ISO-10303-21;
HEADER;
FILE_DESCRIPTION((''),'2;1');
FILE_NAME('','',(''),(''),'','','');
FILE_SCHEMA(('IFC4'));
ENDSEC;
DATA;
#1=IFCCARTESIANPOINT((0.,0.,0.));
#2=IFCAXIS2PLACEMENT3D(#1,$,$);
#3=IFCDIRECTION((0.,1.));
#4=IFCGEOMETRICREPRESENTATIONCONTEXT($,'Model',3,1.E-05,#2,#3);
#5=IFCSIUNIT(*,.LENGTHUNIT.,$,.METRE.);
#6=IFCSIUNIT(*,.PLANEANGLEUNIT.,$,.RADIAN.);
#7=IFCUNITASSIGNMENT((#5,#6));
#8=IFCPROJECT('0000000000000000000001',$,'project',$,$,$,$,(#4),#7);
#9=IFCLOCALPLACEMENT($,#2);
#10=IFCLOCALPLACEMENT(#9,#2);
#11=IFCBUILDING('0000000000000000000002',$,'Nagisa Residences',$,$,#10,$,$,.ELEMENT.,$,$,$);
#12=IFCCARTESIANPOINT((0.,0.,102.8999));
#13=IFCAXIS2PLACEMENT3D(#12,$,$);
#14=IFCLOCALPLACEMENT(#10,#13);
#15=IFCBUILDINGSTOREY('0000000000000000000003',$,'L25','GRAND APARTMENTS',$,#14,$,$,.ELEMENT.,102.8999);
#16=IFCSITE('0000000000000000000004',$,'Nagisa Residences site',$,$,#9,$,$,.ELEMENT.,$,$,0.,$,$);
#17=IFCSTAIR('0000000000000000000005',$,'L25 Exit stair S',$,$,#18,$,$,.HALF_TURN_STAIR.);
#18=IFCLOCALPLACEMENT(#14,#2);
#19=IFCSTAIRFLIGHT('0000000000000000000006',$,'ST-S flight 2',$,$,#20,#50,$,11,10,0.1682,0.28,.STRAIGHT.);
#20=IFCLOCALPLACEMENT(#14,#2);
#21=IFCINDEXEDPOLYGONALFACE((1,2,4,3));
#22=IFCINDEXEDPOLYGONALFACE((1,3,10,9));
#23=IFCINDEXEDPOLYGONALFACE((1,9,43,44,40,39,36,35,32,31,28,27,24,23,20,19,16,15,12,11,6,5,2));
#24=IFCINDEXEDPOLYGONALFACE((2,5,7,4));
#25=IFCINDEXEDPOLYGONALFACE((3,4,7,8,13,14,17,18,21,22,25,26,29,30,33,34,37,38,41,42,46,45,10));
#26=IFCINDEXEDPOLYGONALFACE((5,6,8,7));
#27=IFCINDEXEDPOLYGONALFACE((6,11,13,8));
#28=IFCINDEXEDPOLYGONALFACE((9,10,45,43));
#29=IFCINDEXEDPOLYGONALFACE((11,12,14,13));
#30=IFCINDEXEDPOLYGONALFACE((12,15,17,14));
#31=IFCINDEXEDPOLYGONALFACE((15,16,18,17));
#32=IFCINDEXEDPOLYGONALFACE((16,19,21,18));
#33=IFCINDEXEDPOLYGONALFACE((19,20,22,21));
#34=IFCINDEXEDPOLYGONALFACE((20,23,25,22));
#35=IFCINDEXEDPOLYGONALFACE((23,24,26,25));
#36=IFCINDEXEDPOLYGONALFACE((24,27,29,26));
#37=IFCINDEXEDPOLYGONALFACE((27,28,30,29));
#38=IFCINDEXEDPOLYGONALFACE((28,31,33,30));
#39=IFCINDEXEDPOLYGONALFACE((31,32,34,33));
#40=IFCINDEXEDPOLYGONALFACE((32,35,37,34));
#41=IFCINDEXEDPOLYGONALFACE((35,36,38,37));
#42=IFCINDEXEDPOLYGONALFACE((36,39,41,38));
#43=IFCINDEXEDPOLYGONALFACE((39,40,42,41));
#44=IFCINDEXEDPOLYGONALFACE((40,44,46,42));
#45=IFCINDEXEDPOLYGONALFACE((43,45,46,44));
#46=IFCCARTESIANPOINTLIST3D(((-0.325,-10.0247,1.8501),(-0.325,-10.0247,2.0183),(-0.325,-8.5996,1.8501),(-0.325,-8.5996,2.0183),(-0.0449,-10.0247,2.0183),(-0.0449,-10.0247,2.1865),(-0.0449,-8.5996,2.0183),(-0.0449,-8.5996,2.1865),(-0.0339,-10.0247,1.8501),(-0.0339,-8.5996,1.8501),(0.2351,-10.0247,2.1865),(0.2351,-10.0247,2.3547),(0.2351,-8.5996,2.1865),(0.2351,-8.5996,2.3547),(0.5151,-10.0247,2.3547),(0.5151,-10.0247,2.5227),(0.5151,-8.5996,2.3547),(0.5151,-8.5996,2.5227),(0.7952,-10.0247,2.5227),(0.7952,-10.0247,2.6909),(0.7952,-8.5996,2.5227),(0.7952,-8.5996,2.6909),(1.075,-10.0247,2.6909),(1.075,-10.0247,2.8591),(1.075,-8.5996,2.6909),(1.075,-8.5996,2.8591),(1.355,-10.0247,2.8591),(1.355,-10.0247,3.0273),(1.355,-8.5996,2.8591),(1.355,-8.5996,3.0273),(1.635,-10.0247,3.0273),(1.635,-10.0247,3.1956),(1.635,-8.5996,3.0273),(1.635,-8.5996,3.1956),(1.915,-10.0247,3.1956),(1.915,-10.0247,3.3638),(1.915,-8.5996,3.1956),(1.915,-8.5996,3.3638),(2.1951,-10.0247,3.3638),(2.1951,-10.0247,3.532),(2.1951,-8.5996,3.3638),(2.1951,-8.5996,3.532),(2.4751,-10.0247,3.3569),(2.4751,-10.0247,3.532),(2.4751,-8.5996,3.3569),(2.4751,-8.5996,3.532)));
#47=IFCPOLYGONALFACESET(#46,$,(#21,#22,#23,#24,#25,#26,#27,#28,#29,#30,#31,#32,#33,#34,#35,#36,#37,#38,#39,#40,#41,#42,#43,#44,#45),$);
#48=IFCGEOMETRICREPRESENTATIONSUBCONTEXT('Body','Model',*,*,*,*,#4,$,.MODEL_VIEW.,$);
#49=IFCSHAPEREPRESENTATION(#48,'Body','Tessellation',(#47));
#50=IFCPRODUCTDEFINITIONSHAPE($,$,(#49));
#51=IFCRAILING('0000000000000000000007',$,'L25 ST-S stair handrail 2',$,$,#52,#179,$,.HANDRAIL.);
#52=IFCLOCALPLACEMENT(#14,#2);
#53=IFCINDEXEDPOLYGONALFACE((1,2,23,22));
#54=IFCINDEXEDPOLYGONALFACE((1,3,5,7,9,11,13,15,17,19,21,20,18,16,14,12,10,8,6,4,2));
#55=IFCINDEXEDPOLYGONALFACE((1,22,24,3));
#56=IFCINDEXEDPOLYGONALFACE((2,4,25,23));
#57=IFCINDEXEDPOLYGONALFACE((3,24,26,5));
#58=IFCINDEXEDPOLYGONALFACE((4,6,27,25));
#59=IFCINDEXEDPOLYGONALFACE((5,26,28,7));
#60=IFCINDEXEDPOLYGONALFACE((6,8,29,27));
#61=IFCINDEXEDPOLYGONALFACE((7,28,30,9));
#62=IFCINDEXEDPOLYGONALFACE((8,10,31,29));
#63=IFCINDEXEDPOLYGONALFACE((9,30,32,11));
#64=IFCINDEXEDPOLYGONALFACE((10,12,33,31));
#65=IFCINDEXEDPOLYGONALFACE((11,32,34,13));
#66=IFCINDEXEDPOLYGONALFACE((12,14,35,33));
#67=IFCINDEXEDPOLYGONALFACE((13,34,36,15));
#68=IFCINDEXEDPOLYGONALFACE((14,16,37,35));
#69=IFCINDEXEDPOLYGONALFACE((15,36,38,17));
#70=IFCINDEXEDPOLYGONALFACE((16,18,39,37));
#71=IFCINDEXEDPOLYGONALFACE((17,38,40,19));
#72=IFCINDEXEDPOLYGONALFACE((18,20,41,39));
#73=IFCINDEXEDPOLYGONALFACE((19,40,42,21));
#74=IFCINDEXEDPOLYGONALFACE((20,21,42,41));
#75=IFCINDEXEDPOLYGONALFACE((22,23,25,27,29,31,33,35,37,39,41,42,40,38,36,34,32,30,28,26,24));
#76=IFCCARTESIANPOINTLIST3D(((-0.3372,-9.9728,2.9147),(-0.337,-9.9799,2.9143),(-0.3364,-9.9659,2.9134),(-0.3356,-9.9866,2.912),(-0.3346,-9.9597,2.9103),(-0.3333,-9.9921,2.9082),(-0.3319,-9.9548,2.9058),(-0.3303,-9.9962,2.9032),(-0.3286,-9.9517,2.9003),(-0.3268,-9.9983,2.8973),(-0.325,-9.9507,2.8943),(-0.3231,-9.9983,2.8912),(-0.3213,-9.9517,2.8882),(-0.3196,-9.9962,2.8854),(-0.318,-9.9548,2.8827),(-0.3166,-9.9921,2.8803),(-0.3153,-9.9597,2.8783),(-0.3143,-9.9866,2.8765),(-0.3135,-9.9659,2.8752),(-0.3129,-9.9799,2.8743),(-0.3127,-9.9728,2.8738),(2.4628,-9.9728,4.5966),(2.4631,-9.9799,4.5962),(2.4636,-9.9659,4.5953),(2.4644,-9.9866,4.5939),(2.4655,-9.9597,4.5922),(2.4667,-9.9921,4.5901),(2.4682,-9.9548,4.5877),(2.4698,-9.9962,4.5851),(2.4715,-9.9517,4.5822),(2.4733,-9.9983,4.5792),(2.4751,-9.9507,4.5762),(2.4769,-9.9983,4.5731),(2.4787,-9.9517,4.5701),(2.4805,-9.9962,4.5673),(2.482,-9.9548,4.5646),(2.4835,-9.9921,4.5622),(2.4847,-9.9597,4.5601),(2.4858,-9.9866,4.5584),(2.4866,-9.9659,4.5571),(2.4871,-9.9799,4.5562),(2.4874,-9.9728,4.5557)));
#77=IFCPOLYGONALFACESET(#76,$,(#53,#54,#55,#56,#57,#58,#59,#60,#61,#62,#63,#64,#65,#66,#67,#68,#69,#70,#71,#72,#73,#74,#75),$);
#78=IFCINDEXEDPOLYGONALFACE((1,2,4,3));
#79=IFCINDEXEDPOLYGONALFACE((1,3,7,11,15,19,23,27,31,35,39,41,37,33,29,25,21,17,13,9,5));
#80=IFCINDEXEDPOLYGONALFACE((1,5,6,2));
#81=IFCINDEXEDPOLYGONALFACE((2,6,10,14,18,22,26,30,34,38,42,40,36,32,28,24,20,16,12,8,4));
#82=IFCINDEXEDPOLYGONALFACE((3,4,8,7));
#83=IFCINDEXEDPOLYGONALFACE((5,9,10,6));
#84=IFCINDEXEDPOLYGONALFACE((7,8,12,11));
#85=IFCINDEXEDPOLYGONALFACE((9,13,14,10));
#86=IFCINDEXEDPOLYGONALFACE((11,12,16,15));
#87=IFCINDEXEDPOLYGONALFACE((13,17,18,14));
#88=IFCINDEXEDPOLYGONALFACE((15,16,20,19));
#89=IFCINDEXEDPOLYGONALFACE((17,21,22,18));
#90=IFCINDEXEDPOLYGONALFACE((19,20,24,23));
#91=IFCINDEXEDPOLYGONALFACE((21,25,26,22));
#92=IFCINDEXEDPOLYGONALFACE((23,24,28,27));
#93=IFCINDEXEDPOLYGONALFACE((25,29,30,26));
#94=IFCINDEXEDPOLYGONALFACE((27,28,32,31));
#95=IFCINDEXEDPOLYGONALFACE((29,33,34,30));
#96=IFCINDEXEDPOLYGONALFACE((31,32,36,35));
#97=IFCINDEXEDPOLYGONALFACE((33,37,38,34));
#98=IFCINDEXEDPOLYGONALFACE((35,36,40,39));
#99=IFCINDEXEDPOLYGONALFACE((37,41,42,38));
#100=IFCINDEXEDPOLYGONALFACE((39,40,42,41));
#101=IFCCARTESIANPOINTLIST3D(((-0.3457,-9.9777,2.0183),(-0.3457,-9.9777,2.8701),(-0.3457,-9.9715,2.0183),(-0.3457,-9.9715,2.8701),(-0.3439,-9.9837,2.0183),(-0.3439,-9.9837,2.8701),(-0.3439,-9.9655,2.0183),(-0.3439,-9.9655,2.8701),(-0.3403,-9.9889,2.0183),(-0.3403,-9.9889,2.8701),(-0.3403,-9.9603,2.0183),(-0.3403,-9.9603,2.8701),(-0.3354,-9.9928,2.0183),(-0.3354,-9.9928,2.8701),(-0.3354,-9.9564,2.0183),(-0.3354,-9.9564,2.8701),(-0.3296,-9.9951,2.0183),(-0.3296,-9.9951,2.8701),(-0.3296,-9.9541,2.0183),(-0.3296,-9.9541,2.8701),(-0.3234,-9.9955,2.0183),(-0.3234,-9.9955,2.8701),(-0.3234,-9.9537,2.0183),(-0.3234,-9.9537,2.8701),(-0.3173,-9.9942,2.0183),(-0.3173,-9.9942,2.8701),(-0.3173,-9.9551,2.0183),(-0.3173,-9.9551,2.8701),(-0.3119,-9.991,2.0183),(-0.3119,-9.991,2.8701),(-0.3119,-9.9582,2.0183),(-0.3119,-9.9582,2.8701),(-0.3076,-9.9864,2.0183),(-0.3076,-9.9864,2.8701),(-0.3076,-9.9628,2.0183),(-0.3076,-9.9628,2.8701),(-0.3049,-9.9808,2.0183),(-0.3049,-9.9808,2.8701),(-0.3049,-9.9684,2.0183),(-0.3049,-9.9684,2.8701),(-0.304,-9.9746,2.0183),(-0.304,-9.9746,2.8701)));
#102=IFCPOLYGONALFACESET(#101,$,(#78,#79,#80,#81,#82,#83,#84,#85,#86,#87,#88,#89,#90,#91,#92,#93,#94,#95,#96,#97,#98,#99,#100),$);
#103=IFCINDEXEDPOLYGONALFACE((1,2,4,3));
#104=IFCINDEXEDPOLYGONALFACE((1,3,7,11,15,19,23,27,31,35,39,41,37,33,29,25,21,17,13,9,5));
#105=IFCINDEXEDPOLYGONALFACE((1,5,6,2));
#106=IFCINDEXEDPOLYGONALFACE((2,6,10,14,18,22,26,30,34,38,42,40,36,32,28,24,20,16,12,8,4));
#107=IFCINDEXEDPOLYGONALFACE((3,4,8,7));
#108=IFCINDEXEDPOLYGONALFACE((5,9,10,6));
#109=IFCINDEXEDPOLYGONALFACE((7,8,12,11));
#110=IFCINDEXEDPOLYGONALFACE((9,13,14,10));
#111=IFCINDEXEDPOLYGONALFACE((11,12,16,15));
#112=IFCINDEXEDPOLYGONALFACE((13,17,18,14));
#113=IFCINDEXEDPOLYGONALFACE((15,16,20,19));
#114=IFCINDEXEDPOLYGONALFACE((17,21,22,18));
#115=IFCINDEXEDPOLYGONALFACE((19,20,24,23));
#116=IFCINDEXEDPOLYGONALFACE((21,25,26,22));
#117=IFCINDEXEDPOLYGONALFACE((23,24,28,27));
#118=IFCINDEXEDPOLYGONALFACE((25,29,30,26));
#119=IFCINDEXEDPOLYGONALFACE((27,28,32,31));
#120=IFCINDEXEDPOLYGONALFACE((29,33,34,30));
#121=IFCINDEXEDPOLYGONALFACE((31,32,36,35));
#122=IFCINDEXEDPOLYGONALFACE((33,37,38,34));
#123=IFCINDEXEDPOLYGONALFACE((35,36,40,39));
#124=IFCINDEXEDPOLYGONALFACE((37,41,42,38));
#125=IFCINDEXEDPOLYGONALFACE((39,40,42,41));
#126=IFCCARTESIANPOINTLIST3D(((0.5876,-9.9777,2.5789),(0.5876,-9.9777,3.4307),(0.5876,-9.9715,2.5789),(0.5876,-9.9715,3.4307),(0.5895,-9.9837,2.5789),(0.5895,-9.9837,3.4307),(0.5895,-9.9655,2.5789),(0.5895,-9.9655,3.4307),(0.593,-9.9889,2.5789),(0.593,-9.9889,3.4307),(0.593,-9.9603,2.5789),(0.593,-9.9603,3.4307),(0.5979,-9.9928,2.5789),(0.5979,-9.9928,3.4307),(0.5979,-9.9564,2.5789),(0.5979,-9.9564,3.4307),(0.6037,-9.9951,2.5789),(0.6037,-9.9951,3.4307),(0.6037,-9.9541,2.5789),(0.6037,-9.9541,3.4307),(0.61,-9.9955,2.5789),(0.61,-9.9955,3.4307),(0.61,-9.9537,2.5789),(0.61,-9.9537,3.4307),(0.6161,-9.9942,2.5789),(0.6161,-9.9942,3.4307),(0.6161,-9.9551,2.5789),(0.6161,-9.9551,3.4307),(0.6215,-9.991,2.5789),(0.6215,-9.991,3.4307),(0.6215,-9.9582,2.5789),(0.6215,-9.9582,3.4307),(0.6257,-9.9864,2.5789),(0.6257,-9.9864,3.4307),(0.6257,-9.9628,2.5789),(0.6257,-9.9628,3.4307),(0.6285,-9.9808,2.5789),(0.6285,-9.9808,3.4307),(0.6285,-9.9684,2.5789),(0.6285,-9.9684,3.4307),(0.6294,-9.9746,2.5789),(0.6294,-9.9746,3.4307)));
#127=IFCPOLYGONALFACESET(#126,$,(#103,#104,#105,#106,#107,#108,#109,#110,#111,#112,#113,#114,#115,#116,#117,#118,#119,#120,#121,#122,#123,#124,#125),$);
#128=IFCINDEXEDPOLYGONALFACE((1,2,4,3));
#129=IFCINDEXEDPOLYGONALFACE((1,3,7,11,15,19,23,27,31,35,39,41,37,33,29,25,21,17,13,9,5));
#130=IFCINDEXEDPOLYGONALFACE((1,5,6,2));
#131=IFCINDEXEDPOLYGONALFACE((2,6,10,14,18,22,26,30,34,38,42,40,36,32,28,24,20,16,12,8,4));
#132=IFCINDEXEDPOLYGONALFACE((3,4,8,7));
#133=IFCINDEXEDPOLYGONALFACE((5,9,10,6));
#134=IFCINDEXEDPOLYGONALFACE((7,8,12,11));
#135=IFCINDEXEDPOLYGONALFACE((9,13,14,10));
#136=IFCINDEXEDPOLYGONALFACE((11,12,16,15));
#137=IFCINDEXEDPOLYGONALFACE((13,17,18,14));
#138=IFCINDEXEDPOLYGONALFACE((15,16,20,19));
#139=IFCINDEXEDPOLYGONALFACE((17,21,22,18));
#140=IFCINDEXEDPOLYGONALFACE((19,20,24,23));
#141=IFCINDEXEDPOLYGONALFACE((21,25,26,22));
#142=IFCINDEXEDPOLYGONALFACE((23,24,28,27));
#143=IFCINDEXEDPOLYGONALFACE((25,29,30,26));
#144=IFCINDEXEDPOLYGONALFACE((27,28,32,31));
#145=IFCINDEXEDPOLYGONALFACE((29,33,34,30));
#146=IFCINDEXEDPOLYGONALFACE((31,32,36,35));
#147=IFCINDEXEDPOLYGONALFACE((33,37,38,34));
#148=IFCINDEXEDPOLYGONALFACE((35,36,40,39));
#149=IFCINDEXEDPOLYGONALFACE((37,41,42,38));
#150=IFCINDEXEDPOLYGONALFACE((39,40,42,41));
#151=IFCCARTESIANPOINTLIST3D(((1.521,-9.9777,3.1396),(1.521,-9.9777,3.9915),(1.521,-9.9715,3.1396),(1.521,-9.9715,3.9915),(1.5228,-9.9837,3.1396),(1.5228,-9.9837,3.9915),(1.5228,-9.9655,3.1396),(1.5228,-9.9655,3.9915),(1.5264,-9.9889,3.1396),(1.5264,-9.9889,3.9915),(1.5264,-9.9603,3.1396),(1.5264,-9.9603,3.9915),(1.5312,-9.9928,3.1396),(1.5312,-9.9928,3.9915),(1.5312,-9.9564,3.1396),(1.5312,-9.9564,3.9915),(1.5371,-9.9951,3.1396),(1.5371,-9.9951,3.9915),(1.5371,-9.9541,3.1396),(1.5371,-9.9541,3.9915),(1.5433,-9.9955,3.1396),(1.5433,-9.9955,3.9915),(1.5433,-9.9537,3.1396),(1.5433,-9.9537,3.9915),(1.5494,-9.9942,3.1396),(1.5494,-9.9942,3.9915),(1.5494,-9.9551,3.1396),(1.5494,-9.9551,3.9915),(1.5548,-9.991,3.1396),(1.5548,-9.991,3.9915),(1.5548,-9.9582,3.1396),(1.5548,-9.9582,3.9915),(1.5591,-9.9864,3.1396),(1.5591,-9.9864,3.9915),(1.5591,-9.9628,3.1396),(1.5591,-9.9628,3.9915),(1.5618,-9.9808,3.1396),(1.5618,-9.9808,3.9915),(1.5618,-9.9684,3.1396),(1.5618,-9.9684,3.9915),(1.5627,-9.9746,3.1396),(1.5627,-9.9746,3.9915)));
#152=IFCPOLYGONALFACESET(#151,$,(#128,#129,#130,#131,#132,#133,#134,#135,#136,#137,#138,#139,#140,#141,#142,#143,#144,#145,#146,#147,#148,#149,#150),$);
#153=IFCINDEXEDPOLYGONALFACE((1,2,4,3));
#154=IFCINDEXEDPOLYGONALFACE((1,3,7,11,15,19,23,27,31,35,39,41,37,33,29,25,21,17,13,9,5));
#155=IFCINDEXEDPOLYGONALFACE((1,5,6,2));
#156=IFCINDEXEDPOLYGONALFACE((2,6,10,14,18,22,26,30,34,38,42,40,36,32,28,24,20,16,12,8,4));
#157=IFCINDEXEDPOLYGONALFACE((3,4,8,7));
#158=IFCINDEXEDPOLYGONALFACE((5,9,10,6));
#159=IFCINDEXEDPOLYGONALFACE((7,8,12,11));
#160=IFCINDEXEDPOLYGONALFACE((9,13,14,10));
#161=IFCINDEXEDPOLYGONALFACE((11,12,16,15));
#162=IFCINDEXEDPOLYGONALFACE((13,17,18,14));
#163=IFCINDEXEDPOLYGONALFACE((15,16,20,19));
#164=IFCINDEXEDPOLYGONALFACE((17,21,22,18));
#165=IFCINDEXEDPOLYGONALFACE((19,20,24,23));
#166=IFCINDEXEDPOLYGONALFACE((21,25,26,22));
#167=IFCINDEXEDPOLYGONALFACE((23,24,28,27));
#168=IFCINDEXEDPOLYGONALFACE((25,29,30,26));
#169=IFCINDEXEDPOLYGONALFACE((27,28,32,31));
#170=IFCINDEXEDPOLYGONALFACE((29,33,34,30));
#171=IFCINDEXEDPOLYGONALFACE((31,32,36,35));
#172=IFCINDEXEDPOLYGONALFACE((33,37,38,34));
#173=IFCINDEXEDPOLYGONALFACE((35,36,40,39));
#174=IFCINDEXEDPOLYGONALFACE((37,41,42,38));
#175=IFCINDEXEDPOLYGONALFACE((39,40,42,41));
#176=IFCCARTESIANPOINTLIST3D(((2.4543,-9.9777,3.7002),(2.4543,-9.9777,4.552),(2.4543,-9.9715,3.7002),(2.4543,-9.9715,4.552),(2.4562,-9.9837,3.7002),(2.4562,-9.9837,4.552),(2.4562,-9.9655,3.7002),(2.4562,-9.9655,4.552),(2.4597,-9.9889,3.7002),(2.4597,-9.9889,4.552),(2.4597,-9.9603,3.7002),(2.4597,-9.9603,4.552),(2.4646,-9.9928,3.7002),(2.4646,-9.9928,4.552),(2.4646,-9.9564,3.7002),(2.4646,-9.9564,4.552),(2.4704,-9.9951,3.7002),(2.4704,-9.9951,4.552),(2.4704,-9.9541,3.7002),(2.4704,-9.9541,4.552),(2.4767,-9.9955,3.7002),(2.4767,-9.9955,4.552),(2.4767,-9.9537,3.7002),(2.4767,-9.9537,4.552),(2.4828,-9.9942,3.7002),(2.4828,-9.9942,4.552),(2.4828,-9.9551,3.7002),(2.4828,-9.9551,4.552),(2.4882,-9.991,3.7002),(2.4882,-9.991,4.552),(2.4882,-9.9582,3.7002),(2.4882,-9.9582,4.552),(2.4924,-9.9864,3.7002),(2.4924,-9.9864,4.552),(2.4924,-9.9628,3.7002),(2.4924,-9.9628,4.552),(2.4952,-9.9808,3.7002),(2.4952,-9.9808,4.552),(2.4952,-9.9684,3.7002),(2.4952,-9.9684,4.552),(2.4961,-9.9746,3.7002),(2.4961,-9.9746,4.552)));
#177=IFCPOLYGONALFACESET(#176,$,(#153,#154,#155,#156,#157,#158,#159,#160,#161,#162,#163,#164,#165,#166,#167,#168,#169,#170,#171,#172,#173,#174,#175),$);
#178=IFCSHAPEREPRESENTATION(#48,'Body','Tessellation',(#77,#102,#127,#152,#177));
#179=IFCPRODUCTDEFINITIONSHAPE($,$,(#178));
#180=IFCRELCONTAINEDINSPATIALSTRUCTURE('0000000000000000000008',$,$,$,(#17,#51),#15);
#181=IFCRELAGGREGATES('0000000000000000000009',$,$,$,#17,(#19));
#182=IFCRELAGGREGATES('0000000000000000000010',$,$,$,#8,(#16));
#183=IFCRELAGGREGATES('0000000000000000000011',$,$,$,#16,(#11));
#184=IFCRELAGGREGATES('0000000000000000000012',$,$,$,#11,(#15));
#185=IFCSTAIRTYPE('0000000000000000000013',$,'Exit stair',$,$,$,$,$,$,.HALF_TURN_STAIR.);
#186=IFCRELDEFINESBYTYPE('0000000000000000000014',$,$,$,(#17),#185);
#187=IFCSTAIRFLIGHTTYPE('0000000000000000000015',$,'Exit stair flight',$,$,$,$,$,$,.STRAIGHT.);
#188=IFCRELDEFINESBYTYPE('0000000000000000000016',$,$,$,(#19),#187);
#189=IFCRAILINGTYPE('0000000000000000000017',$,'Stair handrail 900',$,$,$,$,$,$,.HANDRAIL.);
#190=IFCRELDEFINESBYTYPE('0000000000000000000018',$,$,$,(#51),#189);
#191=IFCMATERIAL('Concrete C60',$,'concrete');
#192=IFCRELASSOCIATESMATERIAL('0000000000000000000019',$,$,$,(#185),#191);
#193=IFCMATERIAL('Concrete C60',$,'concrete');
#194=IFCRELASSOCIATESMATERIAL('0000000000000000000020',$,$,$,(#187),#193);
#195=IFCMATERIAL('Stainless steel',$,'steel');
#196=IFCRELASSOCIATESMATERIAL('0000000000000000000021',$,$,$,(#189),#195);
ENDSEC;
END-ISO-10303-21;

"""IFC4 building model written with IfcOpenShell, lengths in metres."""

from ifc_helpers import new_model, si_unit, direction, frame, origin, origin_2d, place, context, subcontext, project, spatial, polyline, circle, outline, extrude, material, type_object, element, aggregate, save


model = new_model("IFC4")

# Units and contexts
model_context = context("Model", 3, precision=1e-05, world=origin(), true_north=direction((0.0, 1.0)))
body_context = subcontext(model_context, "Body", "Model", "MODEL_VIEW")
ifc_project = project(units=[si_unit("LENGTHUNIT", "METRE"), si_unit("PLANEANGLEUNIT", "RADIAN")], contexts=[model_context])

# Site, building, storey
site_placement = place(None, origin())
site = spatial("IfcSite", under=ifc_project, at=site_placement, Name="Nagisa Residences site", CompositionType="ELEMENT", RefElevation=0.0)
building_placement = place(site_placement, origin())
building = spatial("IfcBuilding", under=site, at=building_placement, Name="Nagisa Residences", CompositionType="ELEMENT")
storey_placement = place(building_placement, frame((0.0, 0.0, 102.8999)))
storey = spatial("IfcBuildingStorey", under=building, at=storey_placement, Name="L25", Description="GRAND APARTMENTS", CompositionType="ELEMENT", Elevation=102.8999)

# Stair, stair flight
ifc_material_1 = material(Name="Concrete C60", Category="concrete")
stair_type = type_object("IfcStairType", Name="Exit stair", PredefinedType="HALF_TURN_STAIR", material=ifc_material_1)
stair_placement = place(storey_placement, origin())
stair = element("IfcStair", 1, at=stair_placement, inside=storey, type_object=stair_type, Name="L25 Exit stair S", PredefinedType="HALF_TURN_STAIR")
ifc_material_2 = material(Name="Concrete C60", Category="concrete")
stair_flight_type = type_object("IfcStairFlightType", Name="Exit stair flight", PredefinedType="STRAIGHT", material=ifc_material_2)
stair_flight_placement = place(storey_placement, frame((-0.325, -9.312, 1.8501), z_axis=(0.0, 0.0, 1.0), x_axis=(1.0, 0.0, 0.0)))
stair_flight = element("IfcStairFlight", 2, at=stair_flight_placement, type_object=stair_flight_type, Name="ST-S flight 2", NumberOfRisers=11, NumberOfTreads=10, PredefinedType="STRAIGHT", RiserHeight=0.1682, TreadLength=0.28, context=body_context, shape_type="SweptSolid", body=[
    extrude(outline(polyline([(0.0, 0.0), (0.0, 0.1682), (0.28, 0.1682), (0.28, 0.3364), (0.5601, 0.3364), (0.5601, 0.5046), (0.8401, 0.5046), (0.8401, 0.6726), (1.1201, 0.6726), (1.1201, 0.8408), (1.3999, 0.8408), (1.3999, 1.009), (1.6799, 1.009), (1.6799, 1.1772), (1.96, 1.1772), (1.96, 1.3455), (2.24, 1.3455), (2.24, 1.5137), (2.52, 1.5137), (2.52, 1.6819), (2.8, 1.6819), (2.8, 1.8501), (2.8, 1.5068), (0.291, 0.0), (0.0, 0.0)])), frame((0.0, 0.7124, 0.0), z_axis=(0.0, -1.0, 0.0), x_axis=(1.0, 0.0, 0.0)), (0.0, 0.0, 1.0), 1.425),
])
aggregate(stair, [stair_flight])

# Railing
ifc_material_3 = material(Name="Stainless steel", Category="steel")
railing_type = type_object("IfcRailingType", Name="Stair handrail 900", PredefinedType="HANDRAIL", material=ifc_material_3)
railing_placement = place(storey_placement, frame((-0.325, -9.9746, 2.0183)))
element("IfcRailing", 3, at=railing_placement, inside=storey, type_object=railing_type, Name="L25 ST-S stair handrail 2", PredefinedType="HANDRAIL", context=body_context, shape_type="SweptSolid", body=[
    extrude(circle(Radius=0.0239, at=origin_2d()), frame((0.0, 0.0, 0.876), z_axis=(0.857242, 0.0, 0.514913), x_axis=(0.0, 1.0, 0.0)), (0.0, 0.0, 1.0), 3.2664),
    extrude(circle(Radius=0.021, at=origin_2d()), origin(), (0.0, 0.0, 1.0), 0.8518),
    extrude(circle(Radius=0.021, at=origin_2d()), frame((0.9333, 0.0, 0.5605)), (0.0, 0.0, 1.0), 0.8518),
    extrude(circle(Radius=0.021, at=origin_2d()), frame((1.8667, 0.0, 1.1213)), (0.0, 0.0, 1.0), 0.8518),
    extrude(circle(Radius=0.021, at=origin_2d()), frame((2.8, 0.0, 1.6819)), (0.0, 0.0, 1.0), 0.8518),
])

save(model, "model.ifc")
